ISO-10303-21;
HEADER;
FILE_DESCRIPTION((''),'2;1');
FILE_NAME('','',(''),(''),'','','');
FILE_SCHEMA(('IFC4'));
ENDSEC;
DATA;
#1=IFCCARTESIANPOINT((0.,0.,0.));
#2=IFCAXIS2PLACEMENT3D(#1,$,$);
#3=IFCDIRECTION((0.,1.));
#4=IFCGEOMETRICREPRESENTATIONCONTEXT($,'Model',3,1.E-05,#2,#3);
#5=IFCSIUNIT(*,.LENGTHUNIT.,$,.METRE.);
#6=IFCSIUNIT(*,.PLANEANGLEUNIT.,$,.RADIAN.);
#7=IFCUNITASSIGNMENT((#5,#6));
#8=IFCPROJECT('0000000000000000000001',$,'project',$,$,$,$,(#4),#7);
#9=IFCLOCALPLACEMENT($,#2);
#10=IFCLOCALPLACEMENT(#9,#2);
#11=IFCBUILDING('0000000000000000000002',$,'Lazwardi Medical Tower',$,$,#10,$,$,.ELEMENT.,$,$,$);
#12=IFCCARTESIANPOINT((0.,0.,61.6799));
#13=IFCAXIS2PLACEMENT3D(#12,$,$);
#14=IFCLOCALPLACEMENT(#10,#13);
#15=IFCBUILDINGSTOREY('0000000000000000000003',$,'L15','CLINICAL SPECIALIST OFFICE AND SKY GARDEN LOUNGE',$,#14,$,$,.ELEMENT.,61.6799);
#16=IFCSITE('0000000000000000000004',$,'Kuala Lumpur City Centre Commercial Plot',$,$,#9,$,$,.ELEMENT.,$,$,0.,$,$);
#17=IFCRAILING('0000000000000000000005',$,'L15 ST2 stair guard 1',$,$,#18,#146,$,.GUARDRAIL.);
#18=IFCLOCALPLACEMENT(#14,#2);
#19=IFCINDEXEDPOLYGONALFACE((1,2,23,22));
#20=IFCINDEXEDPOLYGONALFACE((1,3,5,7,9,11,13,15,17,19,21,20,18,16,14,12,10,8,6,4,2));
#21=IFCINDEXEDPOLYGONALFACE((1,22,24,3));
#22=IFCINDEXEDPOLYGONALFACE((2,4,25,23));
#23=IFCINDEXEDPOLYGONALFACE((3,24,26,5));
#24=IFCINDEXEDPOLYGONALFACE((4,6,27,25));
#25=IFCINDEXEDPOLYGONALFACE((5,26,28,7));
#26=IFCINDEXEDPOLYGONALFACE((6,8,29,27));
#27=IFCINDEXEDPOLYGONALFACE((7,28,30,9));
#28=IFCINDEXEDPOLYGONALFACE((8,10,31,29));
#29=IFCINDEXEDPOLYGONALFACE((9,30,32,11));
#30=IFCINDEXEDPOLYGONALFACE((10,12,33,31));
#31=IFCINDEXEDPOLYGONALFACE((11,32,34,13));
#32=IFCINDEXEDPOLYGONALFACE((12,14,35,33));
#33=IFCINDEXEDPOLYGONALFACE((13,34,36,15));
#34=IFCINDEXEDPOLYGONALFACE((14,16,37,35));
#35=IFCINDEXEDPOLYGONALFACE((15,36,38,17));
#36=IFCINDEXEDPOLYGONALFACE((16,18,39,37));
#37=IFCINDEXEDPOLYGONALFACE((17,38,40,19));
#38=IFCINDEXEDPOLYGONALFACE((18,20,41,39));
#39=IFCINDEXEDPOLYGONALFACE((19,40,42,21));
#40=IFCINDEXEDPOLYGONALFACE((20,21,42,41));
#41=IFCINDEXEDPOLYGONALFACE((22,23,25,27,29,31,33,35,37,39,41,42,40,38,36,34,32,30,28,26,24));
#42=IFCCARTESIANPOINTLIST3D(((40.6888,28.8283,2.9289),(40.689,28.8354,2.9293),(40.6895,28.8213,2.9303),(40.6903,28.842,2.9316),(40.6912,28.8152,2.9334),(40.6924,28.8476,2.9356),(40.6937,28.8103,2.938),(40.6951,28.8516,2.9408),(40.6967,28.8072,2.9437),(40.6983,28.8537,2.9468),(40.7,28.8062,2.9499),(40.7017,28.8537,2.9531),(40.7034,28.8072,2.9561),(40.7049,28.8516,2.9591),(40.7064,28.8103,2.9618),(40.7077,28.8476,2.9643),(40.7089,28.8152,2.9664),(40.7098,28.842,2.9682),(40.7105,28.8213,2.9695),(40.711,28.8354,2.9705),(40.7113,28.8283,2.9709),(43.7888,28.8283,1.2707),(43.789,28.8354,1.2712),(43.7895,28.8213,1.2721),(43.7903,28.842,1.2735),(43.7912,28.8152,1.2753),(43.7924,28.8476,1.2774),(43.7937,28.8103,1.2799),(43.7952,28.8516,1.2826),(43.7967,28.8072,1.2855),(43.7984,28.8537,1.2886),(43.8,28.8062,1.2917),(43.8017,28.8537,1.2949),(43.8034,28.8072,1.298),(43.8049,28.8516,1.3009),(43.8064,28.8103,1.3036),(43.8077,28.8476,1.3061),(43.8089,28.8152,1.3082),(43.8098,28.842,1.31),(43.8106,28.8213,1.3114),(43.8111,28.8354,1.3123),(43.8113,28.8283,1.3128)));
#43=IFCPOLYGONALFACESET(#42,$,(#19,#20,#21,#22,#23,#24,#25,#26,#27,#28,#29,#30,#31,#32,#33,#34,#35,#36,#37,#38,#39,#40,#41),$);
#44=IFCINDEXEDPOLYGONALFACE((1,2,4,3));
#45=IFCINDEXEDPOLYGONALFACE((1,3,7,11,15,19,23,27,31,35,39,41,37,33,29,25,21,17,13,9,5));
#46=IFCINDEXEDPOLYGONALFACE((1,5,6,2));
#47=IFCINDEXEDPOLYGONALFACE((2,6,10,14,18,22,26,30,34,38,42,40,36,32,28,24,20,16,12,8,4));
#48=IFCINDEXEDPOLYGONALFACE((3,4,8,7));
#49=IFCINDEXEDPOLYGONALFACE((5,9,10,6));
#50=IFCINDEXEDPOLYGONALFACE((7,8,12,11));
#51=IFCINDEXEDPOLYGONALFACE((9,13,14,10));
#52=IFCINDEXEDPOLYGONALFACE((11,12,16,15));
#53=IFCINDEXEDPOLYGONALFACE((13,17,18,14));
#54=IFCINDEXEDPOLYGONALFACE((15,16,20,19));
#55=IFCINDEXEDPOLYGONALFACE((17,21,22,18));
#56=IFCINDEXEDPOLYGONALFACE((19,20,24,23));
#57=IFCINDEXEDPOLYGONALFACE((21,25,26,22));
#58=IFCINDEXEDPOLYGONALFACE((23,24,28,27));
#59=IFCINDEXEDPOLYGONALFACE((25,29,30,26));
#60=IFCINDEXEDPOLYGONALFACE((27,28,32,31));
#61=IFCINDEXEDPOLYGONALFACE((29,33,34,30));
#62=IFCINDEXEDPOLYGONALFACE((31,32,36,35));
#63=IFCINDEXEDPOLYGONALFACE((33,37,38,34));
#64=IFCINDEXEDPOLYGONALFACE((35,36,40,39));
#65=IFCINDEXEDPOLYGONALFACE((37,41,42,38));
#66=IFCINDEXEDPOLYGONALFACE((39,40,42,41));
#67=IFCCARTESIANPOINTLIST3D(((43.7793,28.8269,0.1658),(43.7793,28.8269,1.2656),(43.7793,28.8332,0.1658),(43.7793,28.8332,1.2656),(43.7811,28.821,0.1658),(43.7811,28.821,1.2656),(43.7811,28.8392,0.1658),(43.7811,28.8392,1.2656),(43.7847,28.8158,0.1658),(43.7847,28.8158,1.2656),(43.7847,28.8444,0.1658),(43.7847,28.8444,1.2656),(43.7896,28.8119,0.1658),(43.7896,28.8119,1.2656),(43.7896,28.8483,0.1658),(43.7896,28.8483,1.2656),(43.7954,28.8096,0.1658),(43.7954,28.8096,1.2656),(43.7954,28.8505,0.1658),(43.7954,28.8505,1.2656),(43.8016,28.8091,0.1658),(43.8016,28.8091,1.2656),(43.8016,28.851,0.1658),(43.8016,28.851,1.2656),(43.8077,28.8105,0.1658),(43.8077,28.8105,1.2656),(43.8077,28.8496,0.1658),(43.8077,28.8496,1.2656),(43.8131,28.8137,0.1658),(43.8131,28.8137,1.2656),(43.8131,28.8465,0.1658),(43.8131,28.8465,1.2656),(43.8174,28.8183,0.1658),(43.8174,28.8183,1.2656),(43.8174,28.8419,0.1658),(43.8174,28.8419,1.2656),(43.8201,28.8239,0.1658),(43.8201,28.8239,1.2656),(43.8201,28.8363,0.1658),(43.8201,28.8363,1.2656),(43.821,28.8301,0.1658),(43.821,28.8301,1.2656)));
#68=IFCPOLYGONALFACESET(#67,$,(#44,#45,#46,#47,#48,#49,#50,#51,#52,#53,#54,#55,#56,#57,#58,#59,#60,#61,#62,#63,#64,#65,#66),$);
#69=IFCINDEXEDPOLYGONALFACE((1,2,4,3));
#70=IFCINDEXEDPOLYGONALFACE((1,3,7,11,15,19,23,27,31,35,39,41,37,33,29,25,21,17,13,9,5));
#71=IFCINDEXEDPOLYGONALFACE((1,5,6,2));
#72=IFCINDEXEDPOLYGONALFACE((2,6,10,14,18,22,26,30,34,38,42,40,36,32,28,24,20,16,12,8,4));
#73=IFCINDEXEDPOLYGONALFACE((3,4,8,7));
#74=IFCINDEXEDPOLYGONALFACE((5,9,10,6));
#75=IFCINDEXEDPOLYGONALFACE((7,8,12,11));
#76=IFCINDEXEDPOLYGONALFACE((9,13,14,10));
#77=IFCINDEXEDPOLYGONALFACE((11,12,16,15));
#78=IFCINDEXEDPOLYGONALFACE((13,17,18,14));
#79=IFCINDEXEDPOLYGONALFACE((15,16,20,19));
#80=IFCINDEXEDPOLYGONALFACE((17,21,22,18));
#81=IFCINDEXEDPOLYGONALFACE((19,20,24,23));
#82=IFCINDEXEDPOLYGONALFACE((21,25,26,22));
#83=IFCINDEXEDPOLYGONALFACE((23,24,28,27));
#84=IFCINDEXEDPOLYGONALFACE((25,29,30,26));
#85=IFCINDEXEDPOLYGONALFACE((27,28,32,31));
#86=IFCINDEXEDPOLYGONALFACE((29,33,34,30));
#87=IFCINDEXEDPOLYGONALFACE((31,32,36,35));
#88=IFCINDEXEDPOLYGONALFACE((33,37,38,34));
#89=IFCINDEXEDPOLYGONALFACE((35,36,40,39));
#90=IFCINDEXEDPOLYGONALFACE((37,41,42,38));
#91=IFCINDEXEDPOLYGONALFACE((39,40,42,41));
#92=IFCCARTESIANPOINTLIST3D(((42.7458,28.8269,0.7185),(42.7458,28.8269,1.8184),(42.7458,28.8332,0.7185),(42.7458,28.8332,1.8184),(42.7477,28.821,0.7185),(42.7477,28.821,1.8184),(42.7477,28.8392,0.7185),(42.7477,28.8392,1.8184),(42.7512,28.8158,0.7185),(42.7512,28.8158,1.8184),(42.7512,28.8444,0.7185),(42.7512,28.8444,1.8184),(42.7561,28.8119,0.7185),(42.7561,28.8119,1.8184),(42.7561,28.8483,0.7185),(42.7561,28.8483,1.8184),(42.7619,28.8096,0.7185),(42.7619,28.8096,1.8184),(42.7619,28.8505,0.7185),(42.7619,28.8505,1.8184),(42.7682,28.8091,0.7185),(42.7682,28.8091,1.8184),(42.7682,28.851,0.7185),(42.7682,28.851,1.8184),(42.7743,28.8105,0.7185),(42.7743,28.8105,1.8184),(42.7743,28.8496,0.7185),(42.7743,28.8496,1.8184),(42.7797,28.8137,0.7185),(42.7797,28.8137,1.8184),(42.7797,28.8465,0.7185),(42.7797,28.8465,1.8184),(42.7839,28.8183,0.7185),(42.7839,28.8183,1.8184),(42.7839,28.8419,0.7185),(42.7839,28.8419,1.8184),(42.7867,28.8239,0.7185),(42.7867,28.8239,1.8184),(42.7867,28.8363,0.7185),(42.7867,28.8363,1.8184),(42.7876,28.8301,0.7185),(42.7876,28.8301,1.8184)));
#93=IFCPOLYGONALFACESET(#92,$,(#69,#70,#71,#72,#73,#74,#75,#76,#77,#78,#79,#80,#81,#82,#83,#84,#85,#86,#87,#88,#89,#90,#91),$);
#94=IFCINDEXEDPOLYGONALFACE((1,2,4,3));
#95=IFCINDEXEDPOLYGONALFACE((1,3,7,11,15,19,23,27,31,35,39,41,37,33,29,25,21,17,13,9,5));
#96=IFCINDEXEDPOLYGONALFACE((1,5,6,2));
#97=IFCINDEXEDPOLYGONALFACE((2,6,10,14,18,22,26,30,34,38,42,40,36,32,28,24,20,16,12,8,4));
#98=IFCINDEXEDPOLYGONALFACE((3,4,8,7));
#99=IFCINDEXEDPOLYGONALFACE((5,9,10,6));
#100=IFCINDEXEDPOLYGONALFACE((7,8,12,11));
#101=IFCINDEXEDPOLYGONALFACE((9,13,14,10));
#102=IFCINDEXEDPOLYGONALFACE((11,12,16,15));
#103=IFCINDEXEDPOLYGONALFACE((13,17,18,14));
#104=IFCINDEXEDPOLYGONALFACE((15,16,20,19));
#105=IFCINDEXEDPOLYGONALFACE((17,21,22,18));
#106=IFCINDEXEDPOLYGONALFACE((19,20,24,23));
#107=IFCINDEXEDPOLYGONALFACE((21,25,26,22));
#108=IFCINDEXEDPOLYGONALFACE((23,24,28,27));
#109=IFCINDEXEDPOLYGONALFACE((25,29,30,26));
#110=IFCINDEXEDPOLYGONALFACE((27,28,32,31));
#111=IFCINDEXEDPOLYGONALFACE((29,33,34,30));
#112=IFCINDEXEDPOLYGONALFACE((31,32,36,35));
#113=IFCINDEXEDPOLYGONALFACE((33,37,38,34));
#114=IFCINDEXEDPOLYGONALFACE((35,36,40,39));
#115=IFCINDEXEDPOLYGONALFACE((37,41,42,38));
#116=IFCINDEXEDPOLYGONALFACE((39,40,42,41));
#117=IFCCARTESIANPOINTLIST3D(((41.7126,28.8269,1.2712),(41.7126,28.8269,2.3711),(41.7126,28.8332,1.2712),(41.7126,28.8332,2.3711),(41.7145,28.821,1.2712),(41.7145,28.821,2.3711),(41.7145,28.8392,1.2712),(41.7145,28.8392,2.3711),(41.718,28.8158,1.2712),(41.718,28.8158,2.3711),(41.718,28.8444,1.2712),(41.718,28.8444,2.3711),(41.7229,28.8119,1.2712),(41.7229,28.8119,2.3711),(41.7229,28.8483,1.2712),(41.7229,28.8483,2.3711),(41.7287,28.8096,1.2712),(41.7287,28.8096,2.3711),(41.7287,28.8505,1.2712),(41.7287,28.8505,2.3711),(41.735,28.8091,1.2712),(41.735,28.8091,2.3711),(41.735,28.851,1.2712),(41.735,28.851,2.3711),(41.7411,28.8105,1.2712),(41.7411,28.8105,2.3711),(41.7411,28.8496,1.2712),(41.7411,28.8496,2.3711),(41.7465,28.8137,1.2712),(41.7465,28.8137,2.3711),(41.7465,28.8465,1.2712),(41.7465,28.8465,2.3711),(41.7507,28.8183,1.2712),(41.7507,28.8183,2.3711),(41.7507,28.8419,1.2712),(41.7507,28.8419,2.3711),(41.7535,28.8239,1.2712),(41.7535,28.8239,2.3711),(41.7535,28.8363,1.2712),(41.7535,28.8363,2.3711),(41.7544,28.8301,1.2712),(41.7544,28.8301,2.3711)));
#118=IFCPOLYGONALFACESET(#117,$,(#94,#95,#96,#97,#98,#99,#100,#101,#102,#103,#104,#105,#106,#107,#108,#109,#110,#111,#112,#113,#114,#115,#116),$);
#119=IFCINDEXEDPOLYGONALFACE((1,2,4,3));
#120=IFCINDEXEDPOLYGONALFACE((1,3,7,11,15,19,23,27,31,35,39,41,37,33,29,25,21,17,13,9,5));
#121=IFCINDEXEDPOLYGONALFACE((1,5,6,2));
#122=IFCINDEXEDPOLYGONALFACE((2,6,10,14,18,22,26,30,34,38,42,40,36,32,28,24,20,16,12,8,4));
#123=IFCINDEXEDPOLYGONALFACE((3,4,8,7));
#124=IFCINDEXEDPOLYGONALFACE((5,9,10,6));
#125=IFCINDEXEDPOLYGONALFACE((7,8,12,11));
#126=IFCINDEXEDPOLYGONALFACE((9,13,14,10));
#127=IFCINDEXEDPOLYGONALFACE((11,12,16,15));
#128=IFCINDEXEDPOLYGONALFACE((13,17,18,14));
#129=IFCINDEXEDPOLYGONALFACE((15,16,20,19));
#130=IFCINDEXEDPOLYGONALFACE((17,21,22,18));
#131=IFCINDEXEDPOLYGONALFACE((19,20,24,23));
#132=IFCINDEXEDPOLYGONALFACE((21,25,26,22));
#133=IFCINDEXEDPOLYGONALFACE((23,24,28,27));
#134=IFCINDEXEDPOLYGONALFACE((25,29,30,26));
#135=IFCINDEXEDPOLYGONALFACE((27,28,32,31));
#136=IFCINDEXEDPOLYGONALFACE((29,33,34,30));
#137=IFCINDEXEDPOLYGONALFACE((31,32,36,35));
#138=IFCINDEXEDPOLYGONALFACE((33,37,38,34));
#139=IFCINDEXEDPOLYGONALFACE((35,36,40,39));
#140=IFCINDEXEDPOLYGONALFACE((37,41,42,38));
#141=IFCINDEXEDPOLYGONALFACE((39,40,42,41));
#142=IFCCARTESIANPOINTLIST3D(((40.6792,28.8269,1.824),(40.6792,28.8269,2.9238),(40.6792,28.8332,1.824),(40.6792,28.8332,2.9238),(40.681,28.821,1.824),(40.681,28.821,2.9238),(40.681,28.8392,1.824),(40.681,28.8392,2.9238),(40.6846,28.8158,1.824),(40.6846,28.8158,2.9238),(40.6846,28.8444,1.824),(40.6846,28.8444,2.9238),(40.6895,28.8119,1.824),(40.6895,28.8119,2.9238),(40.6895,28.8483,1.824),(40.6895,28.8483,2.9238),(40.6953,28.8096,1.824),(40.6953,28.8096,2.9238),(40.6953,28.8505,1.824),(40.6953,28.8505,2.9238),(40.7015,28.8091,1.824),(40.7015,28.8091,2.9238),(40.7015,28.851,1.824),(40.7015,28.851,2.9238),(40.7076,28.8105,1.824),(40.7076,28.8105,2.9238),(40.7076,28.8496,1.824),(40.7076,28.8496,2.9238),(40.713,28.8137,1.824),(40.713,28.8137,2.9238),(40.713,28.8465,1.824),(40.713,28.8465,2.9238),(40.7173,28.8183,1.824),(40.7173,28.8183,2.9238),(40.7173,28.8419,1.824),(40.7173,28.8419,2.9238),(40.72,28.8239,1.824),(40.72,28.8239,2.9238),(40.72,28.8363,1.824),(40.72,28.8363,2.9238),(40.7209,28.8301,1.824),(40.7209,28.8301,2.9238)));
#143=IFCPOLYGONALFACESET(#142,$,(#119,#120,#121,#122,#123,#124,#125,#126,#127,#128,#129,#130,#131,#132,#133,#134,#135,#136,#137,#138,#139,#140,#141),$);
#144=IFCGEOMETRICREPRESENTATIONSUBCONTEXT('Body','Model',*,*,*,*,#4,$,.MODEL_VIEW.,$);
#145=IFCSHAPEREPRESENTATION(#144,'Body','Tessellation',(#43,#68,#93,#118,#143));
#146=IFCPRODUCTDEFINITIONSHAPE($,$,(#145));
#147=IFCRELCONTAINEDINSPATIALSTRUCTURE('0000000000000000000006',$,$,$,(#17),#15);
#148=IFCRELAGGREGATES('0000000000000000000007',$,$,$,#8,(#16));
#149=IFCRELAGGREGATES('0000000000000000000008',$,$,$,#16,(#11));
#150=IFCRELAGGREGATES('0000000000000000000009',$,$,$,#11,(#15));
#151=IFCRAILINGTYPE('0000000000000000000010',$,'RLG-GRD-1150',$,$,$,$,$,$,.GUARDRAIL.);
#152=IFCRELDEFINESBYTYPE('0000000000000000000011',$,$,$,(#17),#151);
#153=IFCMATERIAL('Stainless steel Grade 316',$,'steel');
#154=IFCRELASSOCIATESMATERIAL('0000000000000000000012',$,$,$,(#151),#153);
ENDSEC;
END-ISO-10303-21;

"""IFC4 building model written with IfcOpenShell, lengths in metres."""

from ifc_helpers import new_model, si_unit, direction, frame, origin, origin_2d, place, context, subcontext, project, spatial, circle, extrude, material, type_object, element, save


model = new_model("IFC4")

# Units and contexts
model_context = context("Model", 3, precision=1e-05, world=origin(), true_north=direction((0.0, 1.0)))
body_context = subcontext(model_context, "Body", "Model", "MODEL_VIEW")
ifc_project = project(units=[si_unit("LENGTHUNIT", "METRE"), si_unit("PLANEANGLEUNIT", "RADIAN")], contexts=[model_context])

# Site, building, storey
site_placement = place(None, origin())
site = spatial("IfcSite", under=ifc_project, at=site_placement, Name="Kuala Lumpur City Centre Commercial Plot", CompositionType="ELEMENT", RefElevation=0.0)
building_placement = place(site_placement, origin())
building = spatial("IfcBuilding", under=site, at=building_placement, Name="Lazwardi Medical Tower", CompositionType="ELEMENT")
storey_placement = place(building_placement, frame((0.0, 0.0, 61.6799)))
storey = spatial("IfcBuildingStorey", under=building, at=storey_placement, Name="L15", Description="CLINICAL SPECIALIST OFFICE AND SKY GARDEN LOUNGE", CompositionType="ELEMENT", Elevation=61.6799)

# Railing
ifc_material_1 = material(Name="Stainless steel Grade 316", Category="steel")
railing_type_1 = type_object("IfcRailingType", Name="RLG-GRD-1150", PredefinedType="GUARDRAIL", material=ifc_material_1)
railing_1_placement = place(storey_placement, frame((43.8, 28.8301, 0.1658)))
element("IfcRailing", 1, at=railing_1_placement, inside=storey, type_object=railing_type_1, Name="L15 ST2 stair guard 1", PredefinedType="GUARDRAIL", context=body_context, shape_type="SweptSolid", body=[
    extrude(circle(Radius=0.0239, at=origin_2d()), frame((0.0, 0.0, 1.126), z_axis=(-0.881783, 0.0, 0.471655), x_axis=(0.0, -1.0, 0.0)), (0.0, 0.0, 1.0), 3.5156),
    extrude(circle(Radius=0.021, at=origin_2d()), origin(), (0.0, 0.0, 1.0), 1.0999),
    extrude(circle(Radius=0.021, at=origin_2d()), frame((-1.0334, 0.0, 0.5527)), (0.0, 0.0, 1.0), 1.0999),
    extrude(circle(Radius=0.021, at=origin_2d()), frame((-2.0667, 0.0, 1.1055)), (0.0, 0.0, 1.0), 1.0999),
    extrude(circle(Radius=0.021, at=origin_2d()), frame((-3.1001, 0.0, 1.6582)), (0.0, 0.0, 1.0), 1.0999),
])

save(model, "model.ifc")
